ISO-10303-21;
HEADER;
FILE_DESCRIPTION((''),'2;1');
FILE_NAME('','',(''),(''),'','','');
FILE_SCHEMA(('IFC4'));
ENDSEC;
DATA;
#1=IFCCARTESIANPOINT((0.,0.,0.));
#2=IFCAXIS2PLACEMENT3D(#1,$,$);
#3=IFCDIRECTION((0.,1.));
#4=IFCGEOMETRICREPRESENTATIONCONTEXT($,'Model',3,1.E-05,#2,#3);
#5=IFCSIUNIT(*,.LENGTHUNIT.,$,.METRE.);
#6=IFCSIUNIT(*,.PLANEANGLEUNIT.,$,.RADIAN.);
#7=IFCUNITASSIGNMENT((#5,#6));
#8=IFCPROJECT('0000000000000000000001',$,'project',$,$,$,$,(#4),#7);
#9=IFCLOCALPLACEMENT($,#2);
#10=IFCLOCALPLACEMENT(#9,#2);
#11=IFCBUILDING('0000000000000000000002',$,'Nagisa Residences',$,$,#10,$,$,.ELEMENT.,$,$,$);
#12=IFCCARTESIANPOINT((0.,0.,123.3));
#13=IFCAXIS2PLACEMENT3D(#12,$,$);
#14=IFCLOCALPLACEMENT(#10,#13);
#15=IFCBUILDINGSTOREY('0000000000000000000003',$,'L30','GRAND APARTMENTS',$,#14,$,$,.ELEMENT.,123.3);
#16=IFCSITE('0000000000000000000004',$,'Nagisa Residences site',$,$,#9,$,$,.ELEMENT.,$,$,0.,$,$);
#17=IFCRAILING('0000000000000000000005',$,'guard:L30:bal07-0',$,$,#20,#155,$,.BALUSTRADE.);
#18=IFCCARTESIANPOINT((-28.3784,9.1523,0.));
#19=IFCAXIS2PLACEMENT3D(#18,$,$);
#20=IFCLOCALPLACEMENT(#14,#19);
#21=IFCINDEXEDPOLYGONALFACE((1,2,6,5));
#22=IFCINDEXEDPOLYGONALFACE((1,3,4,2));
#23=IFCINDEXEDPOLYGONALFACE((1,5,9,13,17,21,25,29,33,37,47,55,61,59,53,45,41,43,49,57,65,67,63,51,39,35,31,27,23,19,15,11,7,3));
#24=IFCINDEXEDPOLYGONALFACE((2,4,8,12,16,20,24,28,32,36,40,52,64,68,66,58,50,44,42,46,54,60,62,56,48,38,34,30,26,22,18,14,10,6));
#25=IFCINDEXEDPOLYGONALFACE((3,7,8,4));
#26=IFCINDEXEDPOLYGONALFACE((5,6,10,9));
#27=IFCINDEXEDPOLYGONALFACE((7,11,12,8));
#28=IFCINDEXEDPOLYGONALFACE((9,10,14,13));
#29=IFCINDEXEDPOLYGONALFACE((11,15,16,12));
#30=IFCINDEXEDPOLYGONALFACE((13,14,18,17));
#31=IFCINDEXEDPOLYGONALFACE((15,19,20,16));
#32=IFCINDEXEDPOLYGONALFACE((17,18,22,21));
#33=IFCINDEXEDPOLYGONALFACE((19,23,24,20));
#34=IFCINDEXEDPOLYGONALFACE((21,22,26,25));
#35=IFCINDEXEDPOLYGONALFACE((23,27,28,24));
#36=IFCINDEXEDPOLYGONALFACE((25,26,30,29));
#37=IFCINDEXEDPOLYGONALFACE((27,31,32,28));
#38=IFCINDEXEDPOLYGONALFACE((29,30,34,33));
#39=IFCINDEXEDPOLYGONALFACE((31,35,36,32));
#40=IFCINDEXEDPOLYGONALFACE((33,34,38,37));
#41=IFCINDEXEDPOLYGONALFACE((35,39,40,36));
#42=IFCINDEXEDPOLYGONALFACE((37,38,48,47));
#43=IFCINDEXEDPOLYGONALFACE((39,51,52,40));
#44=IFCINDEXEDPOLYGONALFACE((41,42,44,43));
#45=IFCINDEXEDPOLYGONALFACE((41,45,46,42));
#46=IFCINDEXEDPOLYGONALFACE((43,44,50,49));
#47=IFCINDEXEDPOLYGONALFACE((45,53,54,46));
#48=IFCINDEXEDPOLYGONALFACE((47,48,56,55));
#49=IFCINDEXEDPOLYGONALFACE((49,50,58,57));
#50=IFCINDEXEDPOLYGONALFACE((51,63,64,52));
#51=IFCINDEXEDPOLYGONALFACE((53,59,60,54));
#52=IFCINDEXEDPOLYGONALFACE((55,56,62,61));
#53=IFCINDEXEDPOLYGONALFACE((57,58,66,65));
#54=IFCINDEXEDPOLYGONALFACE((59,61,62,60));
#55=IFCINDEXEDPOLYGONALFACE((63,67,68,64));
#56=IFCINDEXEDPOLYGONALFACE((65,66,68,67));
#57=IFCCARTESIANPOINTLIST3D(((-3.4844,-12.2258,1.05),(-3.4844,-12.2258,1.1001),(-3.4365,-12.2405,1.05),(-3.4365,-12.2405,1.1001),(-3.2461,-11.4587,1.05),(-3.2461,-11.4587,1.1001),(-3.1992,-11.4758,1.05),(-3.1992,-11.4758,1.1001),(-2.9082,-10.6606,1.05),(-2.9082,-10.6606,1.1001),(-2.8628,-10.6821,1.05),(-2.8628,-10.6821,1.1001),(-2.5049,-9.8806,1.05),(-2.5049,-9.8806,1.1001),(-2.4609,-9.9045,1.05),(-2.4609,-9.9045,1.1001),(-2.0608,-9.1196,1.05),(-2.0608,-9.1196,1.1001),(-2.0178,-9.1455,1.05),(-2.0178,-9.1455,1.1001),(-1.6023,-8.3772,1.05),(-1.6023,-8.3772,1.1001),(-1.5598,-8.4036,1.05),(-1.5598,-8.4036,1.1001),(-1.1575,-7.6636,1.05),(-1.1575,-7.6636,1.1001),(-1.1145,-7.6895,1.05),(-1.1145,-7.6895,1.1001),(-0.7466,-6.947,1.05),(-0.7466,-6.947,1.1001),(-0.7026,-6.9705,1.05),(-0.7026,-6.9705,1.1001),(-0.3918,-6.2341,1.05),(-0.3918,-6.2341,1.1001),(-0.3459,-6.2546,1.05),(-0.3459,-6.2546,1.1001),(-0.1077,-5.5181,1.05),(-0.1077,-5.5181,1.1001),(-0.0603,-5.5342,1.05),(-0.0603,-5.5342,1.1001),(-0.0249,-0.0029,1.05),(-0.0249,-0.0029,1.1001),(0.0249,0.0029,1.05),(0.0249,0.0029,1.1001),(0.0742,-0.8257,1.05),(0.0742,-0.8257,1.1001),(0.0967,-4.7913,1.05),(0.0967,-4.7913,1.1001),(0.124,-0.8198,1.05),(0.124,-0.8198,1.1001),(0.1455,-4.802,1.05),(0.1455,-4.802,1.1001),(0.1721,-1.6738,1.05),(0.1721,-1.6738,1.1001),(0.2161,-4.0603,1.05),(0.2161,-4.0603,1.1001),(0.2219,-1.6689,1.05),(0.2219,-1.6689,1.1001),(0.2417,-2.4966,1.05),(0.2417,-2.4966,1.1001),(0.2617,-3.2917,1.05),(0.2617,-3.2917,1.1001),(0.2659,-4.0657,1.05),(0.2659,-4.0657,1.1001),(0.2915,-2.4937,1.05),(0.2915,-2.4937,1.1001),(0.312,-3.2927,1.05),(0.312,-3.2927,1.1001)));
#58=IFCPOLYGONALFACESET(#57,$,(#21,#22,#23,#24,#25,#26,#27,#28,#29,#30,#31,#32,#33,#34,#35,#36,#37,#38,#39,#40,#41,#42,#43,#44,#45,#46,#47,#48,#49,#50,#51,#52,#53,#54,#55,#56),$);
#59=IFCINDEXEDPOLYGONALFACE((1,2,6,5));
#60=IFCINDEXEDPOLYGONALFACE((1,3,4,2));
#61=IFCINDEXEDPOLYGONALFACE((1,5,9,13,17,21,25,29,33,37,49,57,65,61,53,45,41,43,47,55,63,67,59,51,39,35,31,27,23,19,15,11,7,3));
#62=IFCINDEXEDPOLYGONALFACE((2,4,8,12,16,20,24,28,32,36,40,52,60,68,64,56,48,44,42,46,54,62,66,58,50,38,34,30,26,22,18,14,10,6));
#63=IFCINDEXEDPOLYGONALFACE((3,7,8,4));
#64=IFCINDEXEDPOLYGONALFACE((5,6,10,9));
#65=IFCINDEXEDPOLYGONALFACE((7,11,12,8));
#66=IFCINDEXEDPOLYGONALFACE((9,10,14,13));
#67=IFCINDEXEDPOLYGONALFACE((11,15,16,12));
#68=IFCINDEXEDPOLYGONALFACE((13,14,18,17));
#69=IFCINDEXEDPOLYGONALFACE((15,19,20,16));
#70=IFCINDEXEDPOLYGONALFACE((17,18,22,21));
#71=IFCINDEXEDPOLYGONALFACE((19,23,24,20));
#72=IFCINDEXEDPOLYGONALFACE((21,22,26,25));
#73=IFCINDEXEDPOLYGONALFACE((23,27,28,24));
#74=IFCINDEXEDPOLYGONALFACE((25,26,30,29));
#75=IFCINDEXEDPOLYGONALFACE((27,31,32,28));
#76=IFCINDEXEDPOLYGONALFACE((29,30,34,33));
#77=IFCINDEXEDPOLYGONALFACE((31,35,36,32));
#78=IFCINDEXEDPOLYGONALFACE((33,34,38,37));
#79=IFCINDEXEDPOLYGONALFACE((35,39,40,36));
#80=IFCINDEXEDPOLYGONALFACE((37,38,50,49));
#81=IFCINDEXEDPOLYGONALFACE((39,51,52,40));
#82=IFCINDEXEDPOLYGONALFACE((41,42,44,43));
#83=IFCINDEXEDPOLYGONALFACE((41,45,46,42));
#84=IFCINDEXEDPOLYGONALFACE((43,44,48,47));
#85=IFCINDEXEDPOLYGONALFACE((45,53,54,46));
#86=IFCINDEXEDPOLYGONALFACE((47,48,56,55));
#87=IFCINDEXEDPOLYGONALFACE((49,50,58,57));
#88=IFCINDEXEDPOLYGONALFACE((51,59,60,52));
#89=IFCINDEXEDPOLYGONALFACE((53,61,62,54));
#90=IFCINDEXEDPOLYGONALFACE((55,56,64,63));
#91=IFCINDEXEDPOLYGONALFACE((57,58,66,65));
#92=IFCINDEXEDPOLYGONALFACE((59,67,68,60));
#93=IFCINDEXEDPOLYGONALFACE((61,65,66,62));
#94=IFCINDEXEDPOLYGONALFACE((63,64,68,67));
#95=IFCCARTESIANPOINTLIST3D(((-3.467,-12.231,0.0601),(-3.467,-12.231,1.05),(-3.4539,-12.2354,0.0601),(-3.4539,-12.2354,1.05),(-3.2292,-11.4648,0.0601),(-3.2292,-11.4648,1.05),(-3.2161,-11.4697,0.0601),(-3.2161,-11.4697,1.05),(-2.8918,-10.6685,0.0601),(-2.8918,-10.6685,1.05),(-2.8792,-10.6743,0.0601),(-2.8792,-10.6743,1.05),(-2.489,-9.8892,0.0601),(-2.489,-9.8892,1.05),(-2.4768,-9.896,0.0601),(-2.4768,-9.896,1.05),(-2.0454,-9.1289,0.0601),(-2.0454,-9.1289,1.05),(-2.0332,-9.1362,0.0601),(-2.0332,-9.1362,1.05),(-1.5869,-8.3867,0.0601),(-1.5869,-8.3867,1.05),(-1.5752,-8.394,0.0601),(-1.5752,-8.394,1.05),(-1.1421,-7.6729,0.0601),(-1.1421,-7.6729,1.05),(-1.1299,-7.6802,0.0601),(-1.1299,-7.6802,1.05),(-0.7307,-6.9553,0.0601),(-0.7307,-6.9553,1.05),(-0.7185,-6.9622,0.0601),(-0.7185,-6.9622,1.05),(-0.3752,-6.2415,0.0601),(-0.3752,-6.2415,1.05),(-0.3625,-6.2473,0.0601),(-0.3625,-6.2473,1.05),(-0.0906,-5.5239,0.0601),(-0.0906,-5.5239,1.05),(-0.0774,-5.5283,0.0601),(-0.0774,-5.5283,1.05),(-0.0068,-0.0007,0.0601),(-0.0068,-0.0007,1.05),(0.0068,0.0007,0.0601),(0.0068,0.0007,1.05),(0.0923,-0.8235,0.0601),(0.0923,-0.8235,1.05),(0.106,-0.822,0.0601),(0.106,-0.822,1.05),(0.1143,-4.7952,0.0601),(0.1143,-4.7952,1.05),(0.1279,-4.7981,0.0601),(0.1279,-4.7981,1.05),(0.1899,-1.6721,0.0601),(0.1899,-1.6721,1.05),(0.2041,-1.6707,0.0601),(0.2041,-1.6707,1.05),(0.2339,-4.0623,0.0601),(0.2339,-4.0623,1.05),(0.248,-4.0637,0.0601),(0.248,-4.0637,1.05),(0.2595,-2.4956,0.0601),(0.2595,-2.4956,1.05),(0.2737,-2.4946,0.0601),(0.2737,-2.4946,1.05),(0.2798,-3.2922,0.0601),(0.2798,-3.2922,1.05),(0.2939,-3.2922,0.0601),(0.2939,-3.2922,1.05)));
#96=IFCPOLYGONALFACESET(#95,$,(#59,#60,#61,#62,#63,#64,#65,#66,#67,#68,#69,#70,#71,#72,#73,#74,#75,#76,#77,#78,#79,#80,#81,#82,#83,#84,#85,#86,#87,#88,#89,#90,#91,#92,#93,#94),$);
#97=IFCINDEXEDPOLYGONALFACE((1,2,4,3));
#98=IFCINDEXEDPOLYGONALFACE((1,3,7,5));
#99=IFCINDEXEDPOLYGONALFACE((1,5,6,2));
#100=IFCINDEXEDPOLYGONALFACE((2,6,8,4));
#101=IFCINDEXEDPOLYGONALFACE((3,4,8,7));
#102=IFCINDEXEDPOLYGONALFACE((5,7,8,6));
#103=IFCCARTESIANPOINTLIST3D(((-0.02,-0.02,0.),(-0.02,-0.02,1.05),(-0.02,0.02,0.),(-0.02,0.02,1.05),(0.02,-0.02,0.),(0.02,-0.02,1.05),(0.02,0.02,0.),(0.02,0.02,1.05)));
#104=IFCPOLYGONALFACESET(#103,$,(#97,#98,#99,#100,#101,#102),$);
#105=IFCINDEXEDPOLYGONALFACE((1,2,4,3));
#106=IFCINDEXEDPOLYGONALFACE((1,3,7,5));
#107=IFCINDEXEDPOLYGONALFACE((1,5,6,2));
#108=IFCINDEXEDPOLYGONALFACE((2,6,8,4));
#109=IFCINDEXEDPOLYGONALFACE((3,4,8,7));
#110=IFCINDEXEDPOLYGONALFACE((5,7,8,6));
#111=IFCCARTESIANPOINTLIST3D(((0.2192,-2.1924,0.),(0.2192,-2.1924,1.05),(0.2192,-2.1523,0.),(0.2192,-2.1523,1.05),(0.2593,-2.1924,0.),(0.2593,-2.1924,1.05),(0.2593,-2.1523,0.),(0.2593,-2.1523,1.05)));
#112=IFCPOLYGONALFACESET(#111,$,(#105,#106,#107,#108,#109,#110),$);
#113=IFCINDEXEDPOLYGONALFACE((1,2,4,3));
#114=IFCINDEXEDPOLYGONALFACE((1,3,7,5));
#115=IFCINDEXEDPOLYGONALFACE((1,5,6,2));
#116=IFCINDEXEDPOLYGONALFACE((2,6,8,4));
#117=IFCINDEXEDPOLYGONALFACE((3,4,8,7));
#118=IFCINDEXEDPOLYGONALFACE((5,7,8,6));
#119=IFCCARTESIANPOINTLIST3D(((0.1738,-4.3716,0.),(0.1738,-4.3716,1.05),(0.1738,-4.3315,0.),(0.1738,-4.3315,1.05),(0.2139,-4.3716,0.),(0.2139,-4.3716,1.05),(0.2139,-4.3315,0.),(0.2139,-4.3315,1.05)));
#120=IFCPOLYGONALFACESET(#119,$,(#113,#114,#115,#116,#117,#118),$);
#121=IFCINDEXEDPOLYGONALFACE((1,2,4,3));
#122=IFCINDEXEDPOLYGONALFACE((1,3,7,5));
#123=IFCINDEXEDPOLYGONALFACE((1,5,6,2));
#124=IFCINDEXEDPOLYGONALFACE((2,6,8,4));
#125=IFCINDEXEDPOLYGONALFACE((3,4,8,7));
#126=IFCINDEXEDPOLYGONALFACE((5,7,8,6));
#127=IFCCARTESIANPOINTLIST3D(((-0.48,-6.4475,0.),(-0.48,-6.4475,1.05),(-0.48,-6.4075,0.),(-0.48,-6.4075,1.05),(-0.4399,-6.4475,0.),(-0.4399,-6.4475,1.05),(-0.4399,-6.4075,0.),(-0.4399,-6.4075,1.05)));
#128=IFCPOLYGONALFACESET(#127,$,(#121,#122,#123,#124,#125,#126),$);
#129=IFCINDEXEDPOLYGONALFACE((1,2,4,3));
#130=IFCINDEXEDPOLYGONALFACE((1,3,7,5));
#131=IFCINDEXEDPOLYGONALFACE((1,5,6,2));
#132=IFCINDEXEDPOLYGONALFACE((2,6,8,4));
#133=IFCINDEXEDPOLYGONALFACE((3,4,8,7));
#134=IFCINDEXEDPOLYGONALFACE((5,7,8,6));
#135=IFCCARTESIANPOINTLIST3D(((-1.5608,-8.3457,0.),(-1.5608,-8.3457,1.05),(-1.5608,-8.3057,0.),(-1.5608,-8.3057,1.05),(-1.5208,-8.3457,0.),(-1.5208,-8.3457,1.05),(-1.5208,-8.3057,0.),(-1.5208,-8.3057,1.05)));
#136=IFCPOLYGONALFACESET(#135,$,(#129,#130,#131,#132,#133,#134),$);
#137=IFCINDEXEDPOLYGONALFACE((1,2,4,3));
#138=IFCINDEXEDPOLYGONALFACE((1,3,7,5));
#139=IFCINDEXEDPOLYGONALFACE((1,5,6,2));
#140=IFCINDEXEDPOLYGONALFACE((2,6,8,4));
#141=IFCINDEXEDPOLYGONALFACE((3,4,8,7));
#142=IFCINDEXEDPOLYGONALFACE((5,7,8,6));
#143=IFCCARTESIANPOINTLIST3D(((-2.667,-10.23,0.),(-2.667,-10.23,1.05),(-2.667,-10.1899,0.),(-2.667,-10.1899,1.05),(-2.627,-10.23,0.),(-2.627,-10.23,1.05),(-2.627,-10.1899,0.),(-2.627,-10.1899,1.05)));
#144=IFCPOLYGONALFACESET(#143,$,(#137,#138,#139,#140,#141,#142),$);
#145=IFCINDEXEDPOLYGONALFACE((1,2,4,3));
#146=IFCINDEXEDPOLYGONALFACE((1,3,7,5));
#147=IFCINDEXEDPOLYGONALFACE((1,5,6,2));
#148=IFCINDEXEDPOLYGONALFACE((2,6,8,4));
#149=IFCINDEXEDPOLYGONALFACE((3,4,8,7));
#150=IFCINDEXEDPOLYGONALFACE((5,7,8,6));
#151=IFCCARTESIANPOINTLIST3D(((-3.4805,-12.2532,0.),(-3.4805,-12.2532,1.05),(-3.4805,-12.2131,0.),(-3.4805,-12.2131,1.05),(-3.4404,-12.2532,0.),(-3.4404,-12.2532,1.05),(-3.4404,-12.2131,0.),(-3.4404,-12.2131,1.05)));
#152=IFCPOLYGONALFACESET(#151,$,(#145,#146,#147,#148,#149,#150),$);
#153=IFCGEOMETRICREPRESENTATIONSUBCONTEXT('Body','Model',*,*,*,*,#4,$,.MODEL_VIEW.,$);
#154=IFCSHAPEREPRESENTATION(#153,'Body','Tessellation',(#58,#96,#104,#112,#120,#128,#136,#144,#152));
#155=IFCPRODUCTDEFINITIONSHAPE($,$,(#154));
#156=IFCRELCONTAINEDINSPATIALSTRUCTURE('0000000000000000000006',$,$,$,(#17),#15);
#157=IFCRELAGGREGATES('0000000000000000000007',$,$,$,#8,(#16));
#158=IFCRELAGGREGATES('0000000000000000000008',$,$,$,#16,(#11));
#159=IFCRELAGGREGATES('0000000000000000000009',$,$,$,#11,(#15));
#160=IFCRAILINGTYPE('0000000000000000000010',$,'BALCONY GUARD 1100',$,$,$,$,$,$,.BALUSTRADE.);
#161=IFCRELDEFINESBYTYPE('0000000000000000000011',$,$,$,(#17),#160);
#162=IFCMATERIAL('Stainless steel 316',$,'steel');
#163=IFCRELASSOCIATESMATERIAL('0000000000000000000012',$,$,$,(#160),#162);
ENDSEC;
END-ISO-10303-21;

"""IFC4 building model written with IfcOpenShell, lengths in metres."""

from ifc_helpers import new_model, si_unit, direction, frame, origin, origin_2d, place, context, subcontext, project, spatial, polyline, rectangle, outline, extrude, material, type_object, element, save


model = new_model("IFC4")

# Units and contexts
model_context = context("Model", 3, precision=1e-05, world=origin(), true_north=direction((0.0, 1.0)))
body_context = subcontext(model_context, "Body", "Model", "MODEL_VIEW")
ifc_project = project(units=[si_unit("LENGTHUNIT", "METRE"), si_unit("PLANEANGLEUNIT", "RADIAN")], contexts=[model_context])

# Site, building, storey
site_placement = place(None, origin())
site = spatial("IfcSite", under=ifc_project, at=site_placement, Name="Nagisa Residences site", CompositionType="ELEMENT", RefElevation=0.0)
building_placement = place(site_placement, origin())
building = spatial("IfcBuilding", under=site, at=building_placement, Name="Nagisa Residences", CompositionType="ELEMENT")
storey_placement = place(building_placement, frame((0.0, 0.0, 123.3)))
storey = spatial("IfcBuildingStorey", under=building, at=storey_placement, Name="L30", Description="GRAND APARTMENTS", CompositionType="ELEMENT", Elevation=123.3)

# Railing
ifc_material_1 = material(Name="Stainless steel 316", Category="steel")
railing_type = type_object("IfcRailingType", Name="BALCONY GUARD 1100", PredefinedType="BALUSTRADE", material=ifc_material_1)
railing_placement = place(storey_placement, frame((-28.3784, 9.1523, 0.0)))
element("IfcRailing", 1, at=railing_placement, inside=storey, type_object=railing_type, Name="guard:L30:bal07-0", PredefinedType="BALUSTRADE", context=body_context, shape_type="SweptSolid", body=[
    extrude(outline(polyline([(0.124, -0.8198), (0.0249, 0.0029), (-0.0249, -0.0029), (0.0742, -0.8257), (0.1721, -1.6738), (0.2417, -2.4966), (0.2617, -3.2917), (0.2161, -4.0603), (0.0967, -4.7913), (-0.1077, -5.5181), (-0.3918, -6.2341), (-0.7466, -6.947), (-1.1575, -7.6636), (-1.6023, -8.3772), (-2.0608, -9.1196), (-2.5049, -9.8806), (-2.9082, -10.6606), (-3.2461, -11.4587), (-3.4844, -12.2258), (-3.4365, -12.2405), (-3.1992, -11.4758), (-2.8628, -10.6821), (-2.4609, -9.9045), (-2.0178, -9.1455), (-1.5598, -8.4036), (-1.1145, -7.6895), (-0.7026, -6.9705), (-0.3459, -6.2546), (-0.0603, -5.5342), (0.1455, -4.802), (0.2659, -4.0657), (0.312, -3.2927), (0.2915, -2.4937), (0.2219, -1.6689), (0.124, -0.8198)])), frame((0.0, 0.0, 1.05)), (0.0, 0.0, 1.0), 0.05),
    extrude(outline(polyline([(0.106, -0.822), (0.0068, 0.0007), (-0.0068, -0.0007), (0.0923, -0.8235), (0.1899, -1.6721), (0.2595, -2.4956), (0.2798, -3.2922), (0.2339, -4.0623), (0.1143, -4.7952), (-0.0906, -5.5239), (-0.3752, -6.2415), (-0.7307, -6.9553), (-1.1421, -7.6729), (-1.5869, -8.3867), (-2.0454, -9.1289), (-2.489, -9.8892), (-2.8918, -10.6685), (-3.2292, -11.4648), (-3.467, -12.231), (-3.4539, -12.2354), (-3.2161, -11.4697), (-2.8792, -10.6743), (-2.4768, -9.896), (-2.0332, -9.1362), (-1.5752, -8.394), (-1.1299, -7.6802), (-0.7185, -6.9622), (-0.3625, -6.2473), (-0.0774, -5.5283), (0.1279, -4.7981), (0.248, -4.0637), (0.2939, -3.2922), (0.2737, -2.4946), (0.2041, -1.6707), (0.106, -0.822)])), frame((0.0, 0.0, 0.0601)), (0.0, 0.0, 1.0), 0.99),
    extrude(rectangle(XDim=0.04, YDim=0.04, at=origin_2d()), origin(), (0.0, 0.0, 1.0), 1.05),
    extrude(rectangle(XDim=0.04, YDim=0.04, at=origin_2d()), frame((0.2393, -2.1724, 0.0)), (0.0, 0.0, 1.0), 1.05),
    extrude(rectangle(XDim=0.04, YDim=0.04, at=origin_2d()), frame((0.1938, -4.3516, 0.0)), (0.0, 0.0, 1.0), 1.05),
    extrude(rectangle(XDim=0.04, YDim=0.04, at=origin_2d()), frame((-0.46, -6.4275, 0.0)), (0.0, 0.0, 1.0), 1.05),
    extrude(rectangle(XDim=0.04, YDim=0.04, at=origin_2d()), frame((-1.5408, -8.3257, 0.0)), (0.0, 0.0, 1.0), 1.05),
    extrude(rectangle(XDim=0.04, YDim=0.04, at=origin_2d()), frame((-2.647, -10.21, 0.0)), (0.0, 0.0, 1.0), 1.05),
    extrude(rectangle(XDim=0.04, YDim=0.04, at=origin_2d()), frame((-3.4604, -12.2332, 0.0)), (0.0, 0.0, 1.0), 1.05),
])

save(model, "model.ifc")
